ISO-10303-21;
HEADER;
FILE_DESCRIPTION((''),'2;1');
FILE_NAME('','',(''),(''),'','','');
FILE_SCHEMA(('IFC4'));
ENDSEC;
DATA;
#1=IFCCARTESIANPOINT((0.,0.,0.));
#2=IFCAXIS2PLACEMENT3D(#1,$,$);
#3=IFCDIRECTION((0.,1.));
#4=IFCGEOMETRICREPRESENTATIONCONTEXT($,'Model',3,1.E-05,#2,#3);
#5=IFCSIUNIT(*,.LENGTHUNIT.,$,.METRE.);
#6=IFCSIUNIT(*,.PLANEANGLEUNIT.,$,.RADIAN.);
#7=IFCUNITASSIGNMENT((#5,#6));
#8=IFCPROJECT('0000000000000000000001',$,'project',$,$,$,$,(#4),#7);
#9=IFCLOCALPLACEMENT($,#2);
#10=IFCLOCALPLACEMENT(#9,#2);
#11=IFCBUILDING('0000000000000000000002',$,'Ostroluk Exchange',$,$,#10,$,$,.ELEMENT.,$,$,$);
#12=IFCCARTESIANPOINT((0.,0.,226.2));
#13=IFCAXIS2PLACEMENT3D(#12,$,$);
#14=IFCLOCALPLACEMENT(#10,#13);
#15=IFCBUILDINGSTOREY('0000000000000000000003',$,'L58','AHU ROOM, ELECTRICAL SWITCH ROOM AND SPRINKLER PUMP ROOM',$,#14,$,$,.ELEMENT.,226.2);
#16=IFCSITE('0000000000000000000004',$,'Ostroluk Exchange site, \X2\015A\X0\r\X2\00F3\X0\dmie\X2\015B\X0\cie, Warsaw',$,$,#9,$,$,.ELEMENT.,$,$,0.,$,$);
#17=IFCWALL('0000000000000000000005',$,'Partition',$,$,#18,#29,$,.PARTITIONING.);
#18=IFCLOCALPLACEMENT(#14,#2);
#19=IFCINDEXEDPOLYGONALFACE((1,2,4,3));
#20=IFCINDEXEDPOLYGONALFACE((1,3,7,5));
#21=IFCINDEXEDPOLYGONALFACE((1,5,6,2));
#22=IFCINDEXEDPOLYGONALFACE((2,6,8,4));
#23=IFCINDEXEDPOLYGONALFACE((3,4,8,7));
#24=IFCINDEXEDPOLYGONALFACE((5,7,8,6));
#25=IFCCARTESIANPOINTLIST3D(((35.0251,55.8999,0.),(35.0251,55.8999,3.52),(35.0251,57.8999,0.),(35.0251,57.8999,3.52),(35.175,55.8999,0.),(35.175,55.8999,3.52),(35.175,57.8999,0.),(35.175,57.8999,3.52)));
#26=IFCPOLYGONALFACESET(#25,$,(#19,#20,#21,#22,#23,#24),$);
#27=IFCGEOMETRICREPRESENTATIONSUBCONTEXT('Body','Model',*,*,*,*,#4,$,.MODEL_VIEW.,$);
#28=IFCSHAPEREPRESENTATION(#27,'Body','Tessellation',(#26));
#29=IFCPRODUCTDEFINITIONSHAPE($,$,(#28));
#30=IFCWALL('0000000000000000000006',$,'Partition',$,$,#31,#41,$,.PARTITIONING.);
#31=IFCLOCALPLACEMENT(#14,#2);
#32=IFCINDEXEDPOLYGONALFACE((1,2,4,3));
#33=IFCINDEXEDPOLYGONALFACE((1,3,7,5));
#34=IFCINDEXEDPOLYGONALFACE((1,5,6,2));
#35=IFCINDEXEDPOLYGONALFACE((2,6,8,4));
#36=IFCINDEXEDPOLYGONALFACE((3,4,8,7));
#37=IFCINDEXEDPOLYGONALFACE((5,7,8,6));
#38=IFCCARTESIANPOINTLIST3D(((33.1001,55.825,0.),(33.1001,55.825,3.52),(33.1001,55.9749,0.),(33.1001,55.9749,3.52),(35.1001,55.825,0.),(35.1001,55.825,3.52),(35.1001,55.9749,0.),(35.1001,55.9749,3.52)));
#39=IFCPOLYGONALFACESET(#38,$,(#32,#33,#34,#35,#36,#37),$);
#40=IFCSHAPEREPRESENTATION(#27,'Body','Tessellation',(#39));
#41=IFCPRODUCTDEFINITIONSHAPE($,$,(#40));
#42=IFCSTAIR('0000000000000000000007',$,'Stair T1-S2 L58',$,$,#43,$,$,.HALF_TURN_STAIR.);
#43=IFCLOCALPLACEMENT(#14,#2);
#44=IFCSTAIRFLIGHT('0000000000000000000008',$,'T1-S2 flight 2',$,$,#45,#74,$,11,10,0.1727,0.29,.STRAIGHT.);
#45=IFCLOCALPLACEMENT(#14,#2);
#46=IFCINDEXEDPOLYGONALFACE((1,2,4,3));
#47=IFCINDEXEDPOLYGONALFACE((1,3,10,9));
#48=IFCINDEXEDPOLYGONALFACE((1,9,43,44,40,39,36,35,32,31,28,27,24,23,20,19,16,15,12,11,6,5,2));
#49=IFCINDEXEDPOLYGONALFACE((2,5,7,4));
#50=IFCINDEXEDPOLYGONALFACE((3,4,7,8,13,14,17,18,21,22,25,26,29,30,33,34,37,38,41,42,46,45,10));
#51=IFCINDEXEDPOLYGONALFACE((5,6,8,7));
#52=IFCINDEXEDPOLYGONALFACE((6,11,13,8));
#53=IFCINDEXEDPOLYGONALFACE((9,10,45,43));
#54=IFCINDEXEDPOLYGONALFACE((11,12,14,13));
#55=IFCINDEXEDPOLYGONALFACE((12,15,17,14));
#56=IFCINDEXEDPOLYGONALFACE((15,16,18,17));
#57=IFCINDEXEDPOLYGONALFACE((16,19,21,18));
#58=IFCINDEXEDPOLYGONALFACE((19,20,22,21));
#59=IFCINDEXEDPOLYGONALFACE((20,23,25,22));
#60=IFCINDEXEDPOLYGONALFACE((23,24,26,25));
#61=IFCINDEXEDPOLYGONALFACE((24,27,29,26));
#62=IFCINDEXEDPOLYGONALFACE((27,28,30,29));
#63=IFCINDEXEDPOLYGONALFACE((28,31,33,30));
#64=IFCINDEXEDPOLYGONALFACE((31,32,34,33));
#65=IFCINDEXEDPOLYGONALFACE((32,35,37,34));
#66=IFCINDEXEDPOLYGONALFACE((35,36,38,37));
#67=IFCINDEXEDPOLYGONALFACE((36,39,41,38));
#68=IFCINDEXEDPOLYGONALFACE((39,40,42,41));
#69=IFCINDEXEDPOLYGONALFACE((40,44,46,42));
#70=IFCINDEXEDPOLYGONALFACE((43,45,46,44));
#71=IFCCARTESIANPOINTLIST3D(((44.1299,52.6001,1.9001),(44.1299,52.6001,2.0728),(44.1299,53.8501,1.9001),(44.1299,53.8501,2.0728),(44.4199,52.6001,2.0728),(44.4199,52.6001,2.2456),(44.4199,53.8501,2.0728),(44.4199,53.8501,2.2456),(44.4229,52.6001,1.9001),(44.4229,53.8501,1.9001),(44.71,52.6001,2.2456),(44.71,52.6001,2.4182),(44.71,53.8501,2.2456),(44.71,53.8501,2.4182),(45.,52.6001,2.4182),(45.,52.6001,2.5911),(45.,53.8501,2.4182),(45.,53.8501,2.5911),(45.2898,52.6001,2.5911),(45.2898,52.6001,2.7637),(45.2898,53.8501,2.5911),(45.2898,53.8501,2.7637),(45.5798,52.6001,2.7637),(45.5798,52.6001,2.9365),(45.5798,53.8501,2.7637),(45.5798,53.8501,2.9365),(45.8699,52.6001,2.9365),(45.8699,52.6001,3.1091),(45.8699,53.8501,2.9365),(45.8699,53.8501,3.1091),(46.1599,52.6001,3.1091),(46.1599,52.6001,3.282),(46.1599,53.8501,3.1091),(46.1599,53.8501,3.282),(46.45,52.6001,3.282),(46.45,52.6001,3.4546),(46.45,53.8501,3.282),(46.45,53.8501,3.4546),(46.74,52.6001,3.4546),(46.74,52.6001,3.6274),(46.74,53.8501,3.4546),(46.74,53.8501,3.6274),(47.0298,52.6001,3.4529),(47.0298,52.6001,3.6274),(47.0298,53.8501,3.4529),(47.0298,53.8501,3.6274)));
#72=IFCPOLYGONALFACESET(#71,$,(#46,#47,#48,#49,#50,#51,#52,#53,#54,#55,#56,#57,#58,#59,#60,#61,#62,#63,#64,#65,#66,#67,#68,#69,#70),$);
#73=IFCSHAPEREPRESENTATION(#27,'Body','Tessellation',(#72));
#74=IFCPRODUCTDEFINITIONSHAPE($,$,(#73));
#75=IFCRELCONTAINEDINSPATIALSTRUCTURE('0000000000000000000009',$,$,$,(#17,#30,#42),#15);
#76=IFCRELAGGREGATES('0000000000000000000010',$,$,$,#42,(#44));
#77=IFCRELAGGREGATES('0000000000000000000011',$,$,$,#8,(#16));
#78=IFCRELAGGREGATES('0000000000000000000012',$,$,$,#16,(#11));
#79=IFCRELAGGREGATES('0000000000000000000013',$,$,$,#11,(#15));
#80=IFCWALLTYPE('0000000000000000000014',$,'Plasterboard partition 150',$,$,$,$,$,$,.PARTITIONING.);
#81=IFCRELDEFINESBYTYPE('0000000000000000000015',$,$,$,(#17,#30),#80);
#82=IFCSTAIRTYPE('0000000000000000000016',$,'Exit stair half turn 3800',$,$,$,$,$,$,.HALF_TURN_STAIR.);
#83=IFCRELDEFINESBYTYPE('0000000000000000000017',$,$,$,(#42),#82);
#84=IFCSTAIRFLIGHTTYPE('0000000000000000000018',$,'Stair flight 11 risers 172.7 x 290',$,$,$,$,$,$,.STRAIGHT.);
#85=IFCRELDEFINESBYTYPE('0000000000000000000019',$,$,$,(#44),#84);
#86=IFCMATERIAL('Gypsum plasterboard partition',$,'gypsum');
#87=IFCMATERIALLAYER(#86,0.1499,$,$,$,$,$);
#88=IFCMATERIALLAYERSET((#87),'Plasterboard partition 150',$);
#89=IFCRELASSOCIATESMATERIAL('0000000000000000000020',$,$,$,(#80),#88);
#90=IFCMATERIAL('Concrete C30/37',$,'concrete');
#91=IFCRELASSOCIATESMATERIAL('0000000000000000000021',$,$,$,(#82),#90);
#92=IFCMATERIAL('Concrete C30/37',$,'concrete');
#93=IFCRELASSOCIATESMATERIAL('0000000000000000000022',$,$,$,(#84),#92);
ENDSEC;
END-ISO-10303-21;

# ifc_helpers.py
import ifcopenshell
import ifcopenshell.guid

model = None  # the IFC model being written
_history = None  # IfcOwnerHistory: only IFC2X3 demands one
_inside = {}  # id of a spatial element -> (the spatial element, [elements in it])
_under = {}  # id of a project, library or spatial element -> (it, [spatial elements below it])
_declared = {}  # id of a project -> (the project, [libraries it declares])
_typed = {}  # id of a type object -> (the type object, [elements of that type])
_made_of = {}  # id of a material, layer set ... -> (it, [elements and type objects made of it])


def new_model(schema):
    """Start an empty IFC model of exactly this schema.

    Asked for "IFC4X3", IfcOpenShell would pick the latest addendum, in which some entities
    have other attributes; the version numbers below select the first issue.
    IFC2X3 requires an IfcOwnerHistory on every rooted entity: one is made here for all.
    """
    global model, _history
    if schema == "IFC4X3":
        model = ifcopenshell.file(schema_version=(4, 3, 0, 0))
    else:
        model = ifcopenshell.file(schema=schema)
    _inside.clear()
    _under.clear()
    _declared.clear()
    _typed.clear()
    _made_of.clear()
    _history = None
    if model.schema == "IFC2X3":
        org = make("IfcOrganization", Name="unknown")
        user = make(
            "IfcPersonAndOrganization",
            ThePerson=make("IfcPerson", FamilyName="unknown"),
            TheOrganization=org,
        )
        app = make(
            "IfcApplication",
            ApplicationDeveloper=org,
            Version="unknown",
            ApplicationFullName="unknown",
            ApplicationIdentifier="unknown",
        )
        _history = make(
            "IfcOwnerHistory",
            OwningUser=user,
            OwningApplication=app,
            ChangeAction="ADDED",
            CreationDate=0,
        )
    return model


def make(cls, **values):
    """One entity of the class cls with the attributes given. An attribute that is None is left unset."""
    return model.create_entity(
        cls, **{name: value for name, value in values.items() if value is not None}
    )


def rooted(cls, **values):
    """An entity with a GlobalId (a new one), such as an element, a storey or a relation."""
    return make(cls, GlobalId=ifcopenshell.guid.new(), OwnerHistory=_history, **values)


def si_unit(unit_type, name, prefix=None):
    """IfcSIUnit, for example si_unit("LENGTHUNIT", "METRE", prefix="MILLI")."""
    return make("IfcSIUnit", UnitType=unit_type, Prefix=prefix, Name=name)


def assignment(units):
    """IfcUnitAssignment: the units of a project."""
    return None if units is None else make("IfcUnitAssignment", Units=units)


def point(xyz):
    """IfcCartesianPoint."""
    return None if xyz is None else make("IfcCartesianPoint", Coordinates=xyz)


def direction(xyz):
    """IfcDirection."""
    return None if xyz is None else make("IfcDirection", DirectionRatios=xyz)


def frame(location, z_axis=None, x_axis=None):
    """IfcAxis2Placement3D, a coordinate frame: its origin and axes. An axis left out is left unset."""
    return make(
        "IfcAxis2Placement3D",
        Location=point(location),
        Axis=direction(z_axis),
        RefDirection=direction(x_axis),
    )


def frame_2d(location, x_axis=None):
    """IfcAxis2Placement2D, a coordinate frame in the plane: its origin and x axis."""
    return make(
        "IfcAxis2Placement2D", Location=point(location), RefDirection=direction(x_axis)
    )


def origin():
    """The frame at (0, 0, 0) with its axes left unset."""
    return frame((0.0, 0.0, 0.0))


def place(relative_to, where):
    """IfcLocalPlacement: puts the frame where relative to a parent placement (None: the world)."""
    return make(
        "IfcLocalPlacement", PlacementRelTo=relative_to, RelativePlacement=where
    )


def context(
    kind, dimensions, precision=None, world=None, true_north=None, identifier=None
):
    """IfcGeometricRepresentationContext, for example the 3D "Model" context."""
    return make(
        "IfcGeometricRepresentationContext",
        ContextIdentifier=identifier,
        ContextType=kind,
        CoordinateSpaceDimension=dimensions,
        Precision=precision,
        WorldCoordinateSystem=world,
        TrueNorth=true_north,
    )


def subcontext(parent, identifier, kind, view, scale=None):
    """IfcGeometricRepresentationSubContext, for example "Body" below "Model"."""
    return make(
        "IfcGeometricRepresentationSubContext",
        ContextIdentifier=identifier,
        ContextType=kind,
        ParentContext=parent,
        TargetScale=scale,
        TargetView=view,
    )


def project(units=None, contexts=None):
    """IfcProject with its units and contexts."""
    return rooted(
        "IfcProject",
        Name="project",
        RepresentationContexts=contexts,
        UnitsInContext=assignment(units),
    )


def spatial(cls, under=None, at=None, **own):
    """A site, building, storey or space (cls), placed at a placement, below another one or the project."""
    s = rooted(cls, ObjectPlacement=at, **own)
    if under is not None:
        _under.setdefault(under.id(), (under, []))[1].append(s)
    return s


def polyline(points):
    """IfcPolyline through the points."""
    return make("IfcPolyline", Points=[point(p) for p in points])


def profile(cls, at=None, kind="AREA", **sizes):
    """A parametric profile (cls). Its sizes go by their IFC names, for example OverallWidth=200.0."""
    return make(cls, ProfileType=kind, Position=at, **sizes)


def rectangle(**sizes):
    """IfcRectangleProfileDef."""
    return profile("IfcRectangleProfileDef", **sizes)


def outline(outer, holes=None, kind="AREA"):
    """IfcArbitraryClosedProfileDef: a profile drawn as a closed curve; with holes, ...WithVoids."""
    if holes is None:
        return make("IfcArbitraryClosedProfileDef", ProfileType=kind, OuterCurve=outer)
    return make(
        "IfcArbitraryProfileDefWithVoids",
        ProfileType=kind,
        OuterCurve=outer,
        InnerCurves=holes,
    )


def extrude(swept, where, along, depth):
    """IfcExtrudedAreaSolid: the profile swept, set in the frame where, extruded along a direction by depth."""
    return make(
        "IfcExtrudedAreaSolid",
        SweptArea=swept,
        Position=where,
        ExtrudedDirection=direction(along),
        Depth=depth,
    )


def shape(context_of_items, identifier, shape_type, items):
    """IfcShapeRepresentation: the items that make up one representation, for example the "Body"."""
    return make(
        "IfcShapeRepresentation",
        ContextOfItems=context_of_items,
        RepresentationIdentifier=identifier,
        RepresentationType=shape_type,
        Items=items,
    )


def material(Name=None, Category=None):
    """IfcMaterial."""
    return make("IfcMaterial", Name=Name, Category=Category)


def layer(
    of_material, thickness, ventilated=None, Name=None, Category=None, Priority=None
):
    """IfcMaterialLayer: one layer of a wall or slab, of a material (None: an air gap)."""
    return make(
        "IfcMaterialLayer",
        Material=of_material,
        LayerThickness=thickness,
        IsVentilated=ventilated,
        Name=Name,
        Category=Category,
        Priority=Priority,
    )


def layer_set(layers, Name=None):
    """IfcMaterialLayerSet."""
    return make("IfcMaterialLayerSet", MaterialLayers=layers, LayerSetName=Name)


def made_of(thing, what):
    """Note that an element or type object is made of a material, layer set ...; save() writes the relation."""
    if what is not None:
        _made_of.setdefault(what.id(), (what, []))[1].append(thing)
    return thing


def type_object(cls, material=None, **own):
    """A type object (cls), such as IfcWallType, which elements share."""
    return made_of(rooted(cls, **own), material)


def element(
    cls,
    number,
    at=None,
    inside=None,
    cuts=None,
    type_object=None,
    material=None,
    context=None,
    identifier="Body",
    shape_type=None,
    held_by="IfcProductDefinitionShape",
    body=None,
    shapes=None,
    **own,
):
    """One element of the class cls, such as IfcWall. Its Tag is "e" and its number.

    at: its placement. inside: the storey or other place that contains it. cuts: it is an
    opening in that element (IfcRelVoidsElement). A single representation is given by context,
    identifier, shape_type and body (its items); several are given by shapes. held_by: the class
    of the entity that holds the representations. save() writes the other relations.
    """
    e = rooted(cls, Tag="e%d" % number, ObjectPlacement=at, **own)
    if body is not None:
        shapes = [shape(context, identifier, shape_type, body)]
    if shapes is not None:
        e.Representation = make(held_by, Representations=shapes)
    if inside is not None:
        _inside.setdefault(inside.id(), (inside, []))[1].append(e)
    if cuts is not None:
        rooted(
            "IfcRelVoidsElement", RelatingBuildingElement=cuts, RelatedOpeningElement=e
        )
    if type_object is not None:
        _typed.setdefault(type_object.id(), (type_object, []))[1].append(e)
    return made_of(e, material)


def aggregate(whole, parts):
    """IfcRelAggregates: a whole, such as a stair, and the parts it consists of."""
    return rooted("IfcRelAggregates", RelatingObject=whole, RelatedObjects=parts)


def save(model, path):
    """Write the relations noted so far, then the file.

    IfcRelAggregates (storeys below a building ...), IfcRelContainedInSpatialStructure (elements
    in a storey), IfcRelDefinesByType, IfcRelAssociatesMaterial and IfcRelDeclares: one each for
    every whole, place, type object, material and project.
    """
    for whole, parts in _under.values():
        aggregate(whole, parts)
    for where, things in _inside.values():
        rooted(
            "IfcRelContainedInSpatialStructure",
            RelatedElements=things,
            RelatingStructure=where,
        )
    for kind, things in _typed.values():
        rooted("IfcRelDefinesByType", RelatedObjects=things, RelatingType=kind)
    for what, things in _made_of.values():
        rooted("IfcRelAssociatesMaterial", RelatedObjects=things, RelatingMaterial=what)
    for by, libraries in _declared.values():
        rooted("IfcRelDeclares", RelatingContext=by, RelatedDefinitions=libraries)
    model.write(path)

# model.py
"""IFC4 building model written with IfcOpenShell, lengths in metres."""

from ifc_helpers import new_model, si_unit, direction, frame, frame_2d, origin, place, context, subcontext, project, spatial, polyline, rectangle, outline, extrude, material, layer, layer_set, type_object, element, aggregate, save


model = new_model("IFC4")

# Units and contexts
model_context = context("Model", 3, precision=1e-05, world=origin(), true_north=direction((0.0, 1.0)))
body_context = subcontext(model_context, "Body", "Model", "MODEL_VIEW")
ifc_project = project(units=[si_unit("LENGTHUNIT", "METRE"), si_unit("PLANEANGLEUNIT", "RADIAN")], contexts=[model_context])

# Site, building, storey
site_placement = place(None, origin())
site = spatial("IfcSite", under=ifc_project, at=site_placement, Name="Ostroluk Exchange site, Śródmieście, Warsaw", CompositionType="ELEMENT", RefElevation=0.0)
building_placement = place(site_placement, origin())
building = spatial("IfcBuilding", under=site, at=building_placement, Name="Ostroluk Exchange", CompositionType="ELEMENT")
storey_placement = place(building_placement, frame((0.0, 0.0, 226.2)))
storey = spatial("IfcBuildingStorey", under=building, at=storey_placement, Name="L58", Description="AHU ROOM, ELECTRICAL SWITCH ROOM AND SPRINKLER PUMP ROOM", CompositionType="ELEMENT", Elevation=226.2)

# Walls
ifc_material_1 = material(Name="Gypsum plasterboard partition", Category="gypsum")
ifc_layer_1 = layer(ifc_material_1, 0.1499)
ifc_layer_set_1 = layer_set([ifc_layer_1], Name="Plasterboard partition 150")
wall_type_1 = type_object("IfcWallType", Name="Plasterboard partition 150", PredefinedType="PARTITIONING", material=ifc_layer_set_1)
for number, where, z_axis, x_axis, name in (
    (1, (35.1001, 55.8999, 0.0), (0.0, 0.0, 1.0), (0.0, 1.0, 0.0), "Partition"),
    (2, (35.1001, 55.8999, 0.0), (0.0, 0.0, 1.0), (-1.0, 0.0, 0.0), "Partition"),
):
    element("IfcWall", number, at=place(storey_placement, frame(where, z_axis=z_axis, x_axis=x_axis)), inside=storey, type_object=wall_type_1, Name=name, PredefinedType="PARTITIONING", context=body_context, shape_type="SweptSolid", body=[
        extrude(rectangle(XDim=2.0, YDim=0.1499, at=frame_2d((1.0, 0.0))), origin(), (0.0, 0.0, 1.0), 3.52),
    ])

# Stair, stair flight
ifc_material_2 = material(Name="Concrete C30/37", Category="concrete")
stair_type = type_object("IfcStairType", Name="Exit stair half turn 3800", PredefinedType="HALF_TURN_STAIR", material=ifc_material_2)
stair_placement = place(storey_placement, origin())
stair = element("IfcStair", 3, at=stair_placement, inside=storey, type_object=stair_type, Name="Stair T1-S2 L58", PredefinedType="HALF_TURN_STAIR")
ifc_material_3 = material(Name="Concrete C30/37", Category="concrete")
stair_flight_type = type_object("IfcStairFlightType", Name="Stair flight 11 risers 172.7 x 290", PredefinedType="STRAIGHT", material=ifc_material_3)
stair_flight_placement = place(storey_placement, frame((44.1299, 53.2251, 1.9001), z_axis=(0.0, 0.0, 1.0), x_axis=(1.0, 0.0, 0.0)))
stair_flight = element("IfcStairFlight", 4, at=stair_flight_placement, type_object=stair_flight_type, Name="T1-S2 flight 2", NumberOfRisers=11, NumberOfTreads=10, PredefinedType="STRAIGHT", RiserHeight=0.1727, TreadLength=0.29, context=body_context, shape_type="SweptSolid", body=[
    extrude(outline(polyline([(0.0, 0.0), (0.0, 0.1726), (0.29, 0.1726), (0.29, 0.3455), (0.5801, 0.3455), (0.5801, 0.5181), (0.8701, 0.5181), (0.8701, 0.6909), (1.1599, 0.6909), (1.1599, 0.8635), (1.45, 0.8635), (1.45, 1.0364), (1.74, 1.0364), (1.74, 1.209), (2.03, 1.209), (2.03, 1.3818), (2.3201, 1.3818), (2.3201, 1.5544), (2.6101, 1.5544), (2.6101, 1.7273), (2.8999, 1.7273), (2.8999, 1.8999), (2.8999, 1.5527), (0.293, 0.0), (0.0, 0.0)])), frame((0.0, 0.625, 0.0), z_axis=(0.0, -1.0, 0.0), x_axis=(1.0, 0.0, 0.0)), (0.0, 0.0, 1.0), 1.25),
])
aggregate(stair, [stair_flight])

save(model, "model.ifc")
